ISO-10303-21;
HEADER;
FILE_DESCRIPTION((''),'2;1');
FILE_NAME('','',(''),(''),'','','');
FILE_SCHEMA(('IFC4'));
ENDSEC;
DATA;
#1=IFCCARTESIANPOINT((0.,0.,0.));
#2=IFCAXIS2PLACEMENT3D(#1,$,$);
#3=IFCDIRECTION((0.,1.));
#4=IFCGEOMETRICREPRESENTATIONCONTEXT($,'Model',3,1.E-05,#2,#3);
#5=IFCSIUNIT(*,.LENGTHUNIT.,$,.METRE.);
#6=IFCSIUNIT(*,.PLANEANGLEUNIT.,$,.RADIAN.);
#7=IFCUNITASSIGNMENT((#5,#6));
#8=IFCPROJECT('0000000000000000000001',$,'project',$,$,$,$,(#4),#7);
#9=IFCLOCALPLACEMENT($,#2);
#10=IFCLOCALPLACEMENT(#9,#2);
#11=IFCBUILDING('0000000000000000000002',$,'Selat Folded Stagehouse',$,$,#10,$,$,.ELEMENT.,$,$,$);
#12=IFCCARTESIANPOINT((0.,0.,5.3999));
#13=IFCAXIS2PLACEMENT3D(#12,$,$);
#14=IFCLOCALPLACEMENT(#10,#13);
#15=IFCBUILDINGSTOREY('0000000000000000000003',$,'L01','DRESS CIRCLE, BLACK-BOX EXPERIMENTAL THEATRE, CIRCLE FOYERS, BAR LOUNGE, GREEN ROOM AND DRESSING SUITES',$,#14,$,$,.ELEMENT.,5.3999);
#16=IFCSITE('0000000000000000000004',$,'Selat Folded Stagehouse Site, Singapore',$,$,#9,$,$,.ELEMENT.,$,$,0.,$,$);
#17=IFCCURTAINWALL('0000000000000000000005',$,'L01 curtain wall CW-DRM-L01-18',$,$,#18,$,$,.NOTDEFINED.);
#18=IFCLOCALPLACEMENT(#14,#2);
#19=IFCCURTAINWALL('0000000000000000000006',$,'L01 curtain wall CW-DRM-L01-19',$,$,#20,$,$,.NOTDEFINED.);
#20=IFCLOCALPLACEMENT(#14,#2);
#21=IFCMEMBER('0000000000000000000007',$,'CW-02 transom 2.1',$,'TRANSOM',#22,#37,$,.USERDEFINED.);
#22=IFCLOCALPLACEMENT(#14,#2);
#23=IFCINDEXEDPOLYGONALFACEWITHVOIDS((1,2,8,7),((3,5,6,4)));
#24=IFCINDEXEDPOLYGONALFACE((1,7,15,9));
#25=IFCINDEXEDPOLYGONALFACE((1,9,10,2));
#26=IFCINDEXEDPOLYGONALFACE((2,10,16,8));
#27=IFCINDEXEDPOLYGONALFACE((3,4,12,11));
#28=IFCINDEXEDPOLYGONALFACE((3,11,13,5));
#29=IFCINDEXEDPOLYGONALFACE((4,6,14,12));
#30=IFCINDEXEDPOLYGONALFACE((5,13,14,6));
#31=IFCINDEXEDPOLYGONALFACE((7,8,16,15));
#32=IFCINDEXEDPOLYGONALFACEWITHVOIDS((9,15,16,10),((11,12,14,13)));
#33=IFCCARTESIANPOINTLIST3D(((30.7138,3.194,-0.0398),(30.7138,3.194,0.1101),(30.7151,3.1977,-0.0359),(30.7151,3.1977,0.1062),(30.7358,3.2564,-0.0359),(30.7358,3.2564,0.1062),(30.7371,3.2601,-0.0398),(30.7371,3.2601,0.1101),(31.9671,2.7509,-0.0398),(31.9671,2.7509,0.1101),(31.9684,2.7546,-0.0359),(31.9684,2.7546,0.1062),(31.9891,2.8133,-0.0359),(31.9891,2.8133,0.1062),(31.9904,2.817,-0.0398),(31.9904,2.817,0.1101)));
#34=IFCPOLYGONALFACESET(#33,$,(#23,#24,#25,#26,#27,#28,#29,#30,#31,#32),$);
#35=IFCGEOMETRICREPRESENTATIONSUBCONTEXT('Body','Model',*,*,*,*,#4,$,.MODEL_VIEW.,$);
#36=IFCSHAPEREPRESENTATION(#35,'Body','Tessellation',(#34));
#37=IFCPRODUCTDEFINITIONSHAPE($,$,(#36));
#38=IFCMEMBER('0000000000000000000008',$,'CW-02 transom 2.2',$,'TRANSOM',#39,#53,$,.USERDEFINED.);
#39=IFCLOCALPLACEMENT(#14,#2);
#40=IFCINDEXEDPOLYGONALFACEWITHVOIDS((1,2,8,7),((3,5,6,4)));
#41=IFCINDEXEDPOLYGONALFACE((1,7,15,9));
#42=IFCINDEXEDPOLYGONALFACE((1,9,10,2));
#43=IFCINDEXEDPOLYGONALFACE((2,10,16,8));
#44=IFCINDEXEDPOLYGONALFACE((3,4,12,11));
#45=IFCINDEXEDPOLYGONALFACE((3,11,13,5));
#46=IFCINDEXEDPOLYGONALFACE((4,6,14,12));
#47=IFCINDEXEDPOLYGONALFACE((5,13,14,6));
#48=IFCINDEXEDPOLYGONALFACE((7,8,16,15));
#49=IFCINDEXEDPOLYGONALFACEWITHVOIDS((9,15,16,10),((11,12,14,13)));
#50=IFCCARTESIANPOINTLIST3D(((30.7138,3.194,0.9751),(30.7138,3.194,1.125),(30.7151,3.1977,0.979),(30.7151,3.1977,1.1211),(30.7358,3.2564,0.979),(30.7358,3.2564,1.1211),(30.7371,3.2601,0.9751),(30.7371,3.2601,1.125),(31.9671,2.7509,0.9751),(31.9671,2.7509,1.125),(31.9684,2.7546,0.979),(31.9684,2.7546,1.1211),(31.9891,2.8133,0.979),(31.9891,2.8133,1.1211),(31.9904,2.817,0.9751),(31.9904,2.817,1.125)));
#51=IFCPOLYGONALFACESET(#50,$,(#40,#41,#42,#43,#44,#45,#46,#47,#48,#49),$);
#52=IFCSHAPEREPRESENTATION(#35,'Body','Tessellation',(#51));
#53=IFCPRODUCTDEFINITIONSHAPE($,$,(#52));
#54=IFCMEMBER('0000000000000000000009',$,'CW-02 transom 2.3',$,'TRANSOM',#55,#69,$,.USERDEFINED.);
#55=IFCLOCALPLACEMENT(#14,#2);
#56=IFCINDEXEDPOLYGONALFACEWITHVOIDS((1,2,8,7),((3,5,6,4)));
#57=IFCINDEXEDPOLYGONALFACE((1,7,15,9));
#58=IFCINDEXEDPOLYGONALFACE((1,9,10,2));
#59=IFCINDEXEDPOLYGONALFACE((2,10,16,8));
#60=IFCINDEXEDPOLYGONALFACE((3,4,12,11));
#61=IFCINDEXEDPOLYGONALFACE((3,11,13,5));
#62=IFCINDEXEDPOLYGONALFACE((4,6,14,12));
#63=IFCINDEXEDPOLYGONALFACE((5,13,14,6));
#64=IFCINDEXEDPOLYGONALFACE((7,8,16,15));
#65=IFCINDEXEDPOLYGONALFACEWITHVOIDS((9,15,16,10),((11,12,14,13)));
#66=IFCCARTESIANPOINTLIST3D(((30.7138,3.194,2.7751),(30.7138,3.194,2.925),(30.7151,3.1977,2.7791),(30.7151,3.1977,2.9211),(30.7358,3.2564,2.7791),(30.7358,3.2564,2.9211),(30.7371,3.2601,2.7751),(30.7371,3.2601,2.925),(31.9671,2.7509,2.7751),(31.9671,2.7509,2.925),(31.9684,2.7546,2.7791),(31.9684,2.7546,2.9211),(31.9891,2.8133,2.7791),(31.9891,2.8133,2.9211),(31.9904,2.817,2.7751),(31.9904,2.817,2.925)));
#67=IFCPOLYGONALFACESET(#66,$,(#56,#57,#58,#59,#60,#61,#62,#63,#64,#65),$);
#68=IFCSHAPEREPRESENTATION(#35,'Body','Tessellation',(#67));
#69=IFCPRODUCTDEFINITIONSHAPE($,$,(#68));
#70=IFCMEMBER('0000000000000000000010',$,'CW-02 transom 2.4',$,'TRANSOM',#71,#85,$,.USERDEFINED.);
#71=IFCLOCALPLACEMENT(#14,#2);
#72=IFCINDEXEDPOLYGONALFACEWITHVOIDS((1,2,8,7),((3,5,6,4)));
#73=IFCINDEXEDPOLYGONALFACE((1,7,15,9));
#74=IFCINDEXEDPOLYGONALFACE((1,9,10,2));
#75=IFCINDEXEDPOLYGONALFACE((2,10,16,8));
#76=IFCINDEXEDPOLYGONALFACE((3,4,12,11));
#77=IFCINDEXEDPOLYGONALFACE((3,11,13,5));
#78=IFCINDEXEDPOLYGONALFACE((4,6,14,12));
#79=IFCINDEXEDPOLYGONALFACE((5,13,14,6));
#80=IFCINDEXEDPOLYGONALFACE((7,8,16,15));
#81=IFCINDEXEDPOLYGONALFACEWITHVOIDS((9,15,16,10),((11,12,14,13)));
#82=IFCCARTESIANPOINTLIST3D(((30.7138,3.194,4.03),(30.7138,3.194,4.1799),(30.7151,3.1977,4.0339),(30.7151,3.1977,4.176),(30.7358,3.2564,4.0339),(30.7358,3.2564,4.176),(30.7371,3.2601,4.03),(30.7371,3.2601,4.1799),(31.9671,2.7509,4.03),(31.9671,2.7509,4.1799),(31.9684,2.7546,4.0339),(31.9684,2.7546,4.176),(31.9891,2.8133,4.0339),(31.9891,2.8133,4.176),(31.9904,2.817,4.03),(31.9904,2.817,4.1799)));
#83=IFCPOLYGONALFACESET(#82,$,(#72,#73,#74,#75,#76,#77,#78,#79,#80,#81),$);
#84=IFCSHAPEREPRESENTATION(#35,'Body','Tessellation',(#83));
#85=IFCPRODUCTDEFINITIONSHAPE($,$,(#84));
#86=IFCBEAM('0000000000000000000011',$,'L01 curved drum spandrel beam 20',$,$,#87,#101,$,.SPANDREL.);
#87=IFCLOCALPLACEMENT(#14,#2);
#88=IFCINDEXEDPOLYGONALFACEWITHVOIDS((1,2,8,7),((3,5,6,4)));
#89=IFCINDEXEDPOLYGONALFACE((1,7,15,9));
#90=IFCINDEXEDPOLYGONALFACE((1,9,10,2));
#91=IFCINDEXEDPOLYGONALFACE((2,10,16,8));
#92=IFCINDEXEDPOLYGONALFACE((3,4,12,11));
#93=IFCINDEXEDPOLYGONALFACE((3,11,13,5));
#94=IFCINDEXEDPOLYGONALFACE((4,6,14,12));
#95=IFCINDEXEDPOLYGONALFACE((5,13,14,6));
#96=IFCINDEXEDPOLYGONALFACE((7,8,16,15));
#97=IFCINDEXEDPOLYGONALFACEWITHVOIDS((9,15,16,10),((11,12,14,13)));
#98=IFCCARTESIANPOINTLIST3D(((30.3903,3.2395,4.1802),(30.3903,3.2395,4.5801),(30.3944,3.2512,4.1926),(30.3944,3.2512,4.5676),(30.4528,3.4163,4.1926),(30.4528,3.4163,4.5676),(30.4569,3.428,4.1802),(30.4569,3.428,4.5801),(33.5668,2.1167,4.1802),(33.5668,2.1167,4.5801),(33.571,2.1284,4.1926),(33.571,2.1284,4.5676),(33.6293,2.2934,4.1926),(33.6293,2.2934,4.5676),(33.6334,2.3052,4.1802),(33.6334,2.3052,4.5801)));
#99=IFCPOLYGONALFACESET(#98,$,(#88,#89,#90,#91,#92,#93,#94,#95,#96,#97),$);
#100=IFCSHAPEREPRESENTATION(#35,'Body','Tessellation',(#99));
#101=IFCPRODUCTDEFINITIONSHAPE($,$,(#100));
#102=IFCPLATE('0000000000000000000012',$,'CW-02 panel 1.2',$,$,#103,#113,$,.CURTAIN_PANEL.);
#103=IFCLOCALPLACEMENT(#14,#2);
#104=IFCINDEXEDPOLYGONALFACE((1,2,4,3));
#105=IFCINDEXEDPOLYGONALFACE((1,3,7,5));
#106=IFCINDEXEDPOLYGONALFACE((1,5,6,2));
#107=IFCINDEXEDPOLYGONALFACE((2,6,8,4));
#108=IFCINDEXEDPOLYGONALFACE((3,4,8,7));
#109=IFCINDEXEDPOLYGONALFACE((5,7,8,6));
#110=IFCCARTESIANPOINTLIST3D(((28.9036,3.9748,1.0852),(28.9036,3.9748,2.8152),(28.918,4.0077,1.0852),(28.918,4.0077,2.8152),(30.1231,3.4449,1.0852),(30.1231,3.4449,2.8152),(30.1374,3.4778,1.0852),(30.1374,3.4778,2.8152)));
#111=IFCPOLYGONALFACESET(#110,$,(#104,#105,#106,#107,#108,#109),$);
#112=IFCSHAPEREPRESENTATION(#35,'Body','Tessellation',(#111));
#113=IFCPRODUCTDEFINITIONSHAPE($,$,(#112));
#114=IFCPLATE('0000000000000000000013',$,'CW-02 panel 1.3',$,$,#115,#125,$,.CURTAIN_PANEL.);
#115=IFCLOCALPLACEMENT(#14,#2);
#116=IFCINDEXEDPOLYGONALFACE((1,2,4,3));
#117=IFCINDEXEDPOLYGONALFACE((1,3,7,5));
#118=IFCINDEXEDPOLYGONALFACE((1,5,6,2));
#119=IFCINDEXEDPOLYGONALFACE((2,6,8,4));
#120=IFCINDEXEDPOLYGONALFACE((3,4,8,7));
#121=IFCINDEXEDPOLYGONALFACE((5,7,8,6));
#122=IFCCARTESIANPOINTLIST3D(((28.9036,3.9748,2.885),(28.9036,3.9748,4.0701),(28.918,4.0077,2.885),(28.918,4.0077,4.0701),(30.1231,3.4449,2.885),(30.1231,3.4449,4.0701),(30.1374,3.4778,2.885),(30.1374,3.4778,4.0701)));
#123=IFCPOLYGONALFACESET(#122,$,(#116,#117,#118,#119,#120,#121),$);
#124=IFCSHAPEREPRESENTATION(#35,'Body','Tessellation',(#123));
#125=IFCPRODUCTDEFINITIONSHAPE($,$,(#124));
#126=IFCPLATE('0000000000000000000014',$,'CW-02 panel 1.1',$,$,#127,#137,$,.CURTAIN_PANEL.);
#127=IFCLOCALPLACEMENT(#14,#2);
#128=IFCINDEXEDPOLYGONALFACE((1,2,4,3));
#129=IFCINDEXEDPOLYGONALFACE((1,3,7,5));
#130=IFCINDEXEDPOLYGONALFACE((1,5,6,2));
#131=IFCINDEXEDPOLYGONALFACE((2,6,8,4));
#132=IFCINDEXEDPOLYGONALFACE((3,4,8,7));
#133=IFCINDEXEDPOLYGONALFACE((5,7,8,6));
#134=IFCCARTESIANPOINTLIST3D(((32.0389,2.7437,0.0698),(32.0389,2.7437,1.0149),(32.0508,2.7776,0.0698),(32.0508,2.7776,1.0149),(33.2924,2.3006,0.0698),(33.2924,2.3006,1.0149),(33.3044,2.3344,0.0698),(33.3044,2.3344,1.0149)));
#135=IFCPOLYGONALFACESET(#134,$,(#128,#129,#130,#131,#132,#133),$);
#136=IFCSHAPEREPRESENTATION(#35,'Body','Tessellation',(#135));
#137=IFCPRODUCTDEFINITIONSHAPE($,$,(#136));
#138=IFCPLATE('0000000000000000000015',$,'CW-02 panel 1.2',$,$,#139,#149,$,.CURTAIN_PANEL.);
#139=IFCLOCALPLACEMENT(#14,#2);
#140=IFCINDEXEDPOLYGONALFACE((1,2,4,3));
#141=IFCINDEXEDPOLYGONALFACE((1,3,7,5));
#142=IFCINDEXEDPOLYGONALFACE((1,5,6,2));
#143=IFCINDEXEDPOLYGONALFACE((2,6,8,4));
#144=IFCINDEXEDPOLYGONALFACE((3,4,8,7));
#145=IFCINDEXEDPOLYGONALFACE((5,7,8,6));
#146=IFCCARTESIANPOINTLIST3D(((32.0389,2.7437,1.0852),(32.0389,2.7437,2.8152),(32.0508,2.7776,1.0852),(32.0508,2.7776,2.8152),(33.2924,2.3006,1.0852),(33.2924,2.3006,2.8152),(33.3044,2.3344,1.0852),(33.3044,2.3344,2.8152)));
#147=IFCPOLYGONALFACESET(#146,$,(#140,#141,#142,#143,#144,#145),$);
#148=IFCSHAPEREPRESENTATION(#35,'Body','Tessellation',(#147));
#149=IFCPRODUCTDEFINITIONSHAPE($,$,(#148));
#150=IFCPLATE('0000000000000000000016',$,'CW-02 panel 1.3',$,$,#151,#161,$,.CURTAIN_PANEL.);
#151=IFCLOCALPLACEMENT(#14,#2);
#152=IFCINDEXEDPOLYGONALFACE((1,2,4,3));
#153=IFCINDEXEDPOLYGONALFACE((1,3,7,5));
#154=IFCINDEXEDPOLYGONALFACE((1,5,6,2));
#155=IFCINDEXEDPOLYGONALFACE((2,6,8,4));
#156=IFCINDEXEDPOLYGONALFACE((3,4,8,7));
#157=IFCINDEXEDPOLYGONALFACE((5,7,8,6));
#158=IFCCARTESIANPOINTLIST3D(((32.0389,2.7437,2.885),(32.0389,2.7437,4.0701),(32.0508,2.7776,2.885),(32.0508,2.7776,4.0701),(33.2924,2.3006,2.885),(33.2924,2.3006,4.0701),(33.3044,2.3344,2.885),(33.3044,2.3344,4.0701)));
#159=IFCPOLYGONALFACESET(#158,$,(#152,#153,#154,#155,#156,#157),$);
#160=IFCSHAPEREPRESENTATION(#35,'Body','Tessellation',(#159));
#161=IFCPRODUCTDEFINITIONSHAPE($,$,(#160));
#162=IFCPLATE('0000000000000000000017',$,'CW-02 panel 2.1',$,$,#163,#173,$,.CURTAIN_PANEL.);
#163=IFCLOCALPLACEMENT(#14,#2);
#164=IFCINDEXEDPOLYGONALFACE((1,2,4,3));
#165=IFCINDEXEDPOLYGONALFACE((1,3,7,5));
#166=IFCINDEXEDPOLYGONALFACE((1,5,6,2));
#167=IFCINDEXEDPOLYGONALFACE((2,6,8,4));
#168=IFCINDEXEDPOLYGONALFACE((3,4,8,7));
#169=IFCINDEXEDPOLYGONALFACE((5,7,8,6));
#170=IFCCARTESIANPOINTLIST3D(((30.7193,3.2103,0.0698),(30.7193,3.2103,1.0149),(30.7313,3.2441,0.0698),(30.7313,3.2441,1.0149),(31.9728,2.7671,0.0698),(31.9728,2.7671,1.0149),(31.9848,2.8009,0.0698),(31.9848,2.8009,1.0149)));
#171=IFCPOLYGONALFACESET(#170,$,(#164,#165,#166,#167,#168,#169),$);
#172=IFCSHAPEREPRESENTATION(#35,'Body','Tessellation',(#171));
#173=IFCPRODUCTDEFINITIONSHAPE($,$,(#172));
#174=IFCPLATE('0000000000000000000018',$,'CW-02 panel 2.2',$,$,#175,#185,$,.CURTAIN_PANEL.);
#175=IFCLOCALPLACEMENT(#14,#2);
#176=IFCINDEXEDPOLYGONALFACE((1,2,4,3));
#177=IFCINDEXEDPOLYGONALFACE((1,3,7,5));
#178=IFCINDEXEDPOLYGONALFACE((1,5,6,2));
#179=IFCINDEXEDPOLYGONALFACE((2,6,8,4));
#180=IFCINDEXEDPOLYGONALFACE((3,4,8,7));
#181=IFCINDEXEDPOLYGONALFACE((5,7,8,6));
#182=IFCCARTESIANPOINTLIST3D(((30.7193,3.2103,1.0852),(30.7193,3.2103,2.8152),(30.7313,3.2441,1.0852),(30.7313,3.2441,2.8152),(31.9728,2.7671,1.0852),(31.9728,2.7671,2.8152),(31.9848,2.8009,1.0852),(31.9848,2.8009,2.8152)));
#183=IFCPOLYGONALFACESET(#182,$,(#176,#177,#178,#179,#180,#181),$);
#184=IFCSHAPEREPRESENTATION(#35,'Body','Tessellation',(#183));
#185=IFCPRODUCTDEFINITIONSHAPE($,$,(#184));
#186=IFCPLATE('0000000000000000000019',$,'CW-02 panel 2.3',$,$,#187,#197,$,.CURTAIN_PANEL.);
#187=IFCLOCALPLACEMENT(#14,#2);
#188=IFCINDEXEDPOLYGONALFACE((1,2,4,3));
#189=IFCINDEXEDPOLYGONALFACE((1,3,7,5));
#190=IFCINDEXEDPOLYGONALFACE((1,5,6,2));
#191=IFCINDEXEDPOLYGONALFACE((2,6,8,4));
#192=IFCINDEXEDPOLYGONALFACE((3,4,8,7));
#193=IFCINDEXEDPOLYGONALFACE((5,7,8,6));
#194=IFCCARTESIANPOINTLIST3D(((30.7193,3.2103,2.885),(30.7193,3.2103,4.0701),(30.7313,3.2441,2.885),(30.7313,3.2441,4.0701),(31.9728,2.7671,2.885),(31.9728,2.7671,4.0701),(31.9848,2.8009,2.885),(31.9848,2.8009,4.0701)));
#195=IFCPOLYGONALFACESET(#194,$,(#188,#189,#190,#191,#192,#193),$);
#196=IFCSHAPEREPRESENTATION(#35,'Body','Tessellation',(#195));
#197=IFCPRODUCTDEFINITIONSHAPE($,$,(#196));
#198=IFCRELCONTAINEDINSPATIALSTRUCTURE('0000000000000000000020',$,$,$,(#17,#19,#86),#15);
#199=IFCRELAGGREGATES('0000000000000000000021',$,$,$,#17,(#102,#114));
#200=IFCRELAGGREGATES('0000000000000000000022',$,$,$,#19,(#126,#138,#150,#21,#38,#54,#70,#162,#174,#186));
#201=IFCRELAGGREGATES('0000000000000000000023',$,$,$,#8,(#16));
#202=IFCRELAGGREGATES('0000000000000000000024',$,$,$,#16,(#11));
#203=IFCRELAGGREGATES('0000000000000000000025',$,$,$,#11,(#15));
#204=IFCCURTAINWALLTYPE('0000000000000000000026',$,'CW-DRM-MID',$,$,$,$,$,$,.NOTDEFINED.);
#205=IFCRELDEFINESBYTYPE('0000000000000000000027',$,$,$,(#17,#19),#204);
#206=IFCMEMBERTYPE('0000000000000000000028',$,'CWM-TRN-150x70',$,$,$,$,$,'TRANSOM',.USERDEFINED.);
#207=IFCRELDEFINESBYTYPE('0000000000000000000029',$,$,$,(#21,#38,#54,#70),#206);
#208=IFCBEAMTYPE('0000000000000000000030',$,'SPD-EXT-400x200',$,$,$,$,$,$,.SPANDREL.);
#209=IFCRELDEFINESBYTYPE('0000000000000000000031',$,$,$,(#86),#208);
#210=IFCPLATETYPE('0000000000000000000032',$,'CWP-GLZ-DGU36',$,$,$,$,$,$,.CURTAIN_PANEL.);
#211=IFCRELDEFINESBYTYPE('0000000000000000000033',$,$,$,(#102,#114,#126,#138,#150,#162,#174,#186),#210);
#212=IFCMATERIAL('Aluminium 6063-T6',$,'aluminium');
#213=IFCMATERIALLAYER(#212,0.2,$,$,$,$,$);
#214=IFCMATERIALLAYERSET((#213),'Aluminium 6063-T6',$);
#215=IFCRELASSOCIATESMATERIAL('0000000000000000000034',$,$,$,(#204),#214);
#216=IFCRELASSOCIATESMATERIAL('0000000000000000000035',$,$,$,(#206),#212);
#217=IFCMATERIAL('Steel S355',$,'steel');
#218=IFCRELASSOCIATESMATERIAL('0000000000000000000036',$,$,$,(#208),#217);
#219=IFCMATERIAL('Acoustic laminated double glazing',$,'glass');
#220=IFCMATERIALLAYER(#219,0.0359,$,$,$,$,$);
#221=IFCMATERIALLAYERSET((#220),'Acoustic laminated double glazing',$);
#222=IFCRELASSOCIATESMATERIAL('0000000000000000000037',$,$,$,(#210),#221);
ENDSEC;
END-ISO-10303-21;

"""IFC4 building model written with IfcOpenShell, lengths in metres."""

from ifc_helpers import new_model, si_unit, direction, frame, origin, origin_2d, place, context, subcontext, project, spatial, rectangle, hollow_rectangle, extrude, material, layer, layer_set, material_profile, profile_set, type_object, element, aggregate, save


model = new_model("IFC4")

# Units and contexts
model_context = context("Model", 3, precision=1e-05, world=origin(), true_north=direction((0.0, 1.0)))
body_context = subcontext(model_context, "Body", "Model", "MODEL_VIEW")
ifc_project = project(units=[si_unit("LENGTHUNIT", "METRE"), si_unit("PLANEANGLEUNIT", "RADIAN")], contexts=[model_context])

# Site, building, storey
site_placement = place(None, origin())
site = spatial("IfcSite", under=ifc_project, at=site_placement, Name="Selat Folded Stagehouse Site, Singapore", CompositionType="ELEMENT", RefElevation=0.0)
building_placement = place(site_placement, origin())
building = spatial("IfcBuilding", under=site, at=building_placement, Name="Selat Folded Stagehouse", CompositionType="ELEMENT")
storey_placement = place(building_placement, frame((0.0, 0.0, 5.3999)))
storey = spatial("IfcBuildingStorey", under=building, at=storey_placement, Name="L01", Description="DRESS CIRCLE, BLACK-BOX EXPERIMENTAL THEATRE, CIRCLE FOYERS, BAR LOUNGE, GREEN ROOM AND DRESSING SUITES", CompositionType="ELEMENT", Elevation=5.3999)

# Shared definitions
ifc_material_1 = material(Name="Steel S355", Category="steel")

# Curtain wall
ifc_material_2 = material(Name="Aluminium 6063-T6", Category="aluminium")
ifc_layer_1 = layer(ifc_material_2, 0.2)
ifc_layer_set_1 = layer_set([ifc_layer_1], Name="Aluminium 6063-T6")
curtain_wall_type = type_object("IfcCurtainWallType", Name="CW-DRM-MID", PredefinedType="NOTDEFINED", material=ifc_layer_set_1)
curtain_wall_1_placement = place(storey_placement, origin())
curtain_wall_1 = element("IfcCurtainWall", 1, at=curtain_wall_1_placement, inside=storey, type_object=curtain_wall_type, Name="L01 curtain wall CW-DRM-L01-18", PredefinedType="NOTDEFINED")

# Curtain wall
curtain_wall_2_placement = place(storey_placement, origin())
curtain_wall_2 = element("IfcCurtainWall", 2, at=curtain_wall_2_placement, inside=storey, type_object=curtain_wall_type, Name="L01 curtain wall CW-DRM-L01-19", PredefinedType="NOTDEFINED")

# Members
ifc_material_profile_1 = material_profile(ifc_material_2, hollow_rectangle(XDim=0.0701, YDim=0.1499, WallThickness=0.0039, at=origin_2d()), Name="ALU 150x70x4.0")
ifc_profile_set_1 = profile_set([ifc_material_profile_1], Name="Aluminium 6063-T6")
member_type_1 = type_object("IfcMemberType", Name="CWM-TRN-150x70", ElementType="TRANSOM", PredefinedType="USERDEFINED", material=ifc_profile_set_1)
member_1_placement = place(storey_placement, frame((31.9788, 2.7839, 0.0352), z_axis=(-0.942817, 0.33331, 0.0), x_axis=(-0.33331, -0.942817, 0.0)))
member_1 = element("IfcMember", 3, at=member_1_placement, type_object=member_type_1, Name="CW-02 transom 2.1", ObjectType="TRANSOM", PredefinedType="USERDEFINED", context=body_context, shape_type="SweptSolid", body=[
    extrude(hollow_rectangle(XDim=0.0701, YDim=0.1499, WallThickness=0.0039, at=origin_2d()), origin(), (0.0, 0.0, 1.0), 1.3293),
])
member_2_placement = place(storey_placement, frame((31.9788, 2.7839, 1.05), z_axis=(-0.942817, 0.33331, 0.0), x_axis=(-0.33331, -0.942817, 0.0)))
member_2 = element("IfcMember", 4, at=member_2_placement, type_object=member_type_1, Name="CW-02 transom 2.2", ObjectType="TRANSOM", PredefinedType="USERDEFINED", context=body_context, shape_type="SweptSolid", body=[
    extrude(hollow_rectangle(XDim=0.0701, YDim=0.1499, WallThickness=0.0039, at=origin_2d()), origin(), (0.0, 0.0, 1.0), 1.3293),
])
member_3_placement = place(storey_placement, frame((31.9788, 2.7839, 2.8501), z_axis=(-0.942817, 0.33331, 0.0), x_axis=(-0.33331, -0.942817, 0.0)))
member_3 = element("IfcMember", 5, at=member_3_placement, type_object=member_type_1, Name="CW-02 transom 2.3", ObjectType="TRANSOM", PredefinedType="USERDEFINED", context=body_context, shape_type="SweptSolid", body=[
    extrude(hollow_rectangle(XDim=0.0701, YDim=0.1499, WallThickness=0.0039, at=origin_2d()), origin(), (0.0, 0.0, 1.0), 1.3293),
])
member_4_placement = place(storey_placement, frame((31.9788, 2.7839, 4.105), z_axis=(-0.942817, 0.33331, 0.0), x_axis=(-0.33331, -0.942817, 0.0)))
member_4 = element("IfcMember", 6, at=member_4_placement, type_object=member_type_1, Name="CW-02 transom 2.4", ObjectType="TRANSOM", PredefinedType="USERDEFINED", context=body_context, shape_type="SweptSolid", body=[
    extrude(hollow_rectangle(XDim=0.0701, YDim=0.1499, WallThickness=0.0039, at=origin_2d()), origin(), (0.0, 0.0, 1.0), 1.3293),
])

# Beam
ifc_material_profile_2 = material_profile(ifc_material_1, hollow_rectangle(XDim=0.2, YDim=0.3999, WallThickness=0.0125, at=origin_2d()), Name="RHS 400x200x12.5")
ifc_profile_set_2 = profile_set([ifc_material_profile_2], Name="Steel S355")
beam_type = type_object("IfcBeamType", Name="SPD-EXT-400x200", PredefinedType="SPANDREL", material=ifc_profile_set_2)
beam_placement = place(storey_placement, frame((30.4236, 3.3337, 4.3801), z_axis=(0.942834, -0.333264, 0.0), x_axis=(0.333264, 0.942834, 0.0)))
element("IfcBeam", 7, at=beam_placement, inside=storey, type_object=beam_type, Name="L01 curved drum spandrel beam 20", PredefinedType="SPANDREL", context=body_context, shape_type="SweptSolid", body=[
    extrude(hollow_rectangle(XDim=0.2, YDim=0.3999, WallThickness=0.0125, at=origin_2d()), origin(), (0.0, 0.0, 1.0), 3.3691),
])

# Plates
ifc_material_3 = material(Name="Acoustic laminated double glazing", Category="glass")
ifc_layer_2 = layer(ifc_material_3, 0.0359)
ifc_layer_set_2 = layer_set([ifc_layer_2], Name="Acoustic laminated double glazing")
plate_type = type_object("IfcPlateType", Name="CWP-GLZ-DGU36", PredefinedType="CURTAIN_PANEL", material=ifc_layer_set_2)
plate_1_placement = place(storey_placement, frame((29.5205, 3.7263, 1.0852), z_axis=(0.0, 0.0, 1.0), x_axis=(-0.917134, 0.39858, 0.0)))
plate_1 = element("IfcPlate", 8, at=plate_1_placement, type_object=plate_type, Name="CW-02 panel 1.2", PredefinedType="CURTAIN_PANEL", context=body_context, shape_type="SweptSolid", body=[
    extrude(rectangle(XDim=1.3296, YDim=0.0359, at=origin_2d()), origin(), (0.0, 0.0, 1.0), 1.73),
])
plate_2_placement = place(storey_placement, frame((29.5205, 3.7263, 2.885), z_axis=(0.0, 0.0, 1.0), x_axis=(-0.917134, 0.39858, 0.0)))
plate_2 = element("IfcPlate", 9, at=plate_2_placement, type_object=plate_type, Name="CW-02 panel 1.3", PredefinedType="CURTAIN_PANEL", context=body_context, shape_type="SweptSolid", body=[
    extrude(rectangle(XDim=1.3296, YDim=0.0359, at=origin_2d()), origin(), (0.0, 0.0, 1.0), 1.1851),
])
aggregate(curtain_wall_1, [plate_1, plate_2])
plate_3_placement = place(storey_placement, frame((32.6716, 2.5391, 0.0698), z_axis=(0.0, 0.0, 1.0), x_axis=(-0.942816, 0.333314, 0.0)))
plate_3 = element("IfcPlate", 10, at=plate_3_placement, type_object=plate_type, Name="CW-02 panel 1.1", PredefinedType="CURTAIN_PANEL", context=body_context, shape_type="SweptSolid", body=[
    extrude(rectangle(XDim=1.3296, YDim=0.0359, at=origin_2d()), origin(), (0.0, 0.0, 1.0), 0.9451),
])
plate_4_placement = place(storey_placement, frame((32.6716, 2.5391, 1.0852), z_axis=(0.0, 0.0, 1.0), x_axis=(-0.942816, 0.333314, 0.0)))
plate_4 = element("IfcPlate", 11, at=plate_4_placement, type_object=plate_type, Name="CW-02 panel 1.2", PredefinedType="CURTAIN_PANEL", context=body_context, shape_type="SweptSolid", body=[
    extrude(rectangle(XDim=1.3296, YDim=0.0359, at=origin_2d()), origin(), (0.0, 0.0, 1.0), 1.73),
])
plate_5_placement = place(storey_placement, frame((32.6716, 2.5391, 2.885), z_axis=(0.0, 0.0, 1.0), x_axis=(-0.942816, 0.333314, 0.0)))
plate_5 = element("IfcPlate", 12, at=plate_5_placement, type_object=plate_type, Name="CW-02 panel 1.3", PredefinedType="CURTAIN_PANEL", context=body_context, shape_type="SweptSolid", body=[
    extrude(rectangle(XDim=1.3296, YDim=0.0359, at=origin_2d()), origin(), (0.0, 0.0, 1.0), 1.1851),
])
plate_6_placement = place(storey_placement, frame((31.3521, 3.0056, 0.0698), z_axis=(0.0, 0.0, 1.0), x_axis=(-0.942816, 0.333314, 0.0)))
plate_6 = element("IfcPlate", 13, at=plate_6_placement, type_object=plate_type, Name="CW-02 panel 2.1", PredefinedType="CURTAIN_PANEL", context=body_context, shape_type="SweptSolid", body=[
    extrude(rectangle(XDim=1.3296, YDim=0.0359, at=origin_2d()), origin(), (0.0, 0.0, 1.0), 0.9451),
])
plate_7_placement = place(storey_placement, frame((31.3521, 3.0056, 1.0852), z_axis=(0.0, 0.0, 1.0), x_axis=(-0.942816, 0.333314, 0.0)))
plate_7 = element("IfcPlate", 14, at=plate_7_placement, type_object=plate_type, Name="CW-02 panel 2.2", PredefinedType="CURTAIN_PANEL", context=body_context, shape_type="SweptSolid", body=[
    extrude(rectangle(XDim=1.3296, YDim=0.0359, at=origin_2d()), origin(), (0.0, 0.0, 1.0), 1.73),
])
plate_8_placement = place(storey_placement, frame((31.3521, 3.0056, 2.885), z_axis=(0.0, 0.0, 1.0), x_axis=(-0.942816, 0.333314, 0.0)))
plate_8 = element("IfcPlate", 15, at=plate_8_placement, type_object=plate_type, Name="CW-02 panel 2.3", PredefinedType="CURTAIN_PANEL", context=body_context, shape_type="SweptSolid", body=[
    extrude(rectangle(XDim=1.3296, YDim=0.0359, at=origin_2d()), origin(), (0.0, 0.0, 1.0), 1.1851),
])
aggregate(curtain_wall_2, [plate_3, plate_4, plate_5, member_1, member_2, member_3, member_4, plate_6, plate_7, plate_8])

save(model, "model.ifc")
